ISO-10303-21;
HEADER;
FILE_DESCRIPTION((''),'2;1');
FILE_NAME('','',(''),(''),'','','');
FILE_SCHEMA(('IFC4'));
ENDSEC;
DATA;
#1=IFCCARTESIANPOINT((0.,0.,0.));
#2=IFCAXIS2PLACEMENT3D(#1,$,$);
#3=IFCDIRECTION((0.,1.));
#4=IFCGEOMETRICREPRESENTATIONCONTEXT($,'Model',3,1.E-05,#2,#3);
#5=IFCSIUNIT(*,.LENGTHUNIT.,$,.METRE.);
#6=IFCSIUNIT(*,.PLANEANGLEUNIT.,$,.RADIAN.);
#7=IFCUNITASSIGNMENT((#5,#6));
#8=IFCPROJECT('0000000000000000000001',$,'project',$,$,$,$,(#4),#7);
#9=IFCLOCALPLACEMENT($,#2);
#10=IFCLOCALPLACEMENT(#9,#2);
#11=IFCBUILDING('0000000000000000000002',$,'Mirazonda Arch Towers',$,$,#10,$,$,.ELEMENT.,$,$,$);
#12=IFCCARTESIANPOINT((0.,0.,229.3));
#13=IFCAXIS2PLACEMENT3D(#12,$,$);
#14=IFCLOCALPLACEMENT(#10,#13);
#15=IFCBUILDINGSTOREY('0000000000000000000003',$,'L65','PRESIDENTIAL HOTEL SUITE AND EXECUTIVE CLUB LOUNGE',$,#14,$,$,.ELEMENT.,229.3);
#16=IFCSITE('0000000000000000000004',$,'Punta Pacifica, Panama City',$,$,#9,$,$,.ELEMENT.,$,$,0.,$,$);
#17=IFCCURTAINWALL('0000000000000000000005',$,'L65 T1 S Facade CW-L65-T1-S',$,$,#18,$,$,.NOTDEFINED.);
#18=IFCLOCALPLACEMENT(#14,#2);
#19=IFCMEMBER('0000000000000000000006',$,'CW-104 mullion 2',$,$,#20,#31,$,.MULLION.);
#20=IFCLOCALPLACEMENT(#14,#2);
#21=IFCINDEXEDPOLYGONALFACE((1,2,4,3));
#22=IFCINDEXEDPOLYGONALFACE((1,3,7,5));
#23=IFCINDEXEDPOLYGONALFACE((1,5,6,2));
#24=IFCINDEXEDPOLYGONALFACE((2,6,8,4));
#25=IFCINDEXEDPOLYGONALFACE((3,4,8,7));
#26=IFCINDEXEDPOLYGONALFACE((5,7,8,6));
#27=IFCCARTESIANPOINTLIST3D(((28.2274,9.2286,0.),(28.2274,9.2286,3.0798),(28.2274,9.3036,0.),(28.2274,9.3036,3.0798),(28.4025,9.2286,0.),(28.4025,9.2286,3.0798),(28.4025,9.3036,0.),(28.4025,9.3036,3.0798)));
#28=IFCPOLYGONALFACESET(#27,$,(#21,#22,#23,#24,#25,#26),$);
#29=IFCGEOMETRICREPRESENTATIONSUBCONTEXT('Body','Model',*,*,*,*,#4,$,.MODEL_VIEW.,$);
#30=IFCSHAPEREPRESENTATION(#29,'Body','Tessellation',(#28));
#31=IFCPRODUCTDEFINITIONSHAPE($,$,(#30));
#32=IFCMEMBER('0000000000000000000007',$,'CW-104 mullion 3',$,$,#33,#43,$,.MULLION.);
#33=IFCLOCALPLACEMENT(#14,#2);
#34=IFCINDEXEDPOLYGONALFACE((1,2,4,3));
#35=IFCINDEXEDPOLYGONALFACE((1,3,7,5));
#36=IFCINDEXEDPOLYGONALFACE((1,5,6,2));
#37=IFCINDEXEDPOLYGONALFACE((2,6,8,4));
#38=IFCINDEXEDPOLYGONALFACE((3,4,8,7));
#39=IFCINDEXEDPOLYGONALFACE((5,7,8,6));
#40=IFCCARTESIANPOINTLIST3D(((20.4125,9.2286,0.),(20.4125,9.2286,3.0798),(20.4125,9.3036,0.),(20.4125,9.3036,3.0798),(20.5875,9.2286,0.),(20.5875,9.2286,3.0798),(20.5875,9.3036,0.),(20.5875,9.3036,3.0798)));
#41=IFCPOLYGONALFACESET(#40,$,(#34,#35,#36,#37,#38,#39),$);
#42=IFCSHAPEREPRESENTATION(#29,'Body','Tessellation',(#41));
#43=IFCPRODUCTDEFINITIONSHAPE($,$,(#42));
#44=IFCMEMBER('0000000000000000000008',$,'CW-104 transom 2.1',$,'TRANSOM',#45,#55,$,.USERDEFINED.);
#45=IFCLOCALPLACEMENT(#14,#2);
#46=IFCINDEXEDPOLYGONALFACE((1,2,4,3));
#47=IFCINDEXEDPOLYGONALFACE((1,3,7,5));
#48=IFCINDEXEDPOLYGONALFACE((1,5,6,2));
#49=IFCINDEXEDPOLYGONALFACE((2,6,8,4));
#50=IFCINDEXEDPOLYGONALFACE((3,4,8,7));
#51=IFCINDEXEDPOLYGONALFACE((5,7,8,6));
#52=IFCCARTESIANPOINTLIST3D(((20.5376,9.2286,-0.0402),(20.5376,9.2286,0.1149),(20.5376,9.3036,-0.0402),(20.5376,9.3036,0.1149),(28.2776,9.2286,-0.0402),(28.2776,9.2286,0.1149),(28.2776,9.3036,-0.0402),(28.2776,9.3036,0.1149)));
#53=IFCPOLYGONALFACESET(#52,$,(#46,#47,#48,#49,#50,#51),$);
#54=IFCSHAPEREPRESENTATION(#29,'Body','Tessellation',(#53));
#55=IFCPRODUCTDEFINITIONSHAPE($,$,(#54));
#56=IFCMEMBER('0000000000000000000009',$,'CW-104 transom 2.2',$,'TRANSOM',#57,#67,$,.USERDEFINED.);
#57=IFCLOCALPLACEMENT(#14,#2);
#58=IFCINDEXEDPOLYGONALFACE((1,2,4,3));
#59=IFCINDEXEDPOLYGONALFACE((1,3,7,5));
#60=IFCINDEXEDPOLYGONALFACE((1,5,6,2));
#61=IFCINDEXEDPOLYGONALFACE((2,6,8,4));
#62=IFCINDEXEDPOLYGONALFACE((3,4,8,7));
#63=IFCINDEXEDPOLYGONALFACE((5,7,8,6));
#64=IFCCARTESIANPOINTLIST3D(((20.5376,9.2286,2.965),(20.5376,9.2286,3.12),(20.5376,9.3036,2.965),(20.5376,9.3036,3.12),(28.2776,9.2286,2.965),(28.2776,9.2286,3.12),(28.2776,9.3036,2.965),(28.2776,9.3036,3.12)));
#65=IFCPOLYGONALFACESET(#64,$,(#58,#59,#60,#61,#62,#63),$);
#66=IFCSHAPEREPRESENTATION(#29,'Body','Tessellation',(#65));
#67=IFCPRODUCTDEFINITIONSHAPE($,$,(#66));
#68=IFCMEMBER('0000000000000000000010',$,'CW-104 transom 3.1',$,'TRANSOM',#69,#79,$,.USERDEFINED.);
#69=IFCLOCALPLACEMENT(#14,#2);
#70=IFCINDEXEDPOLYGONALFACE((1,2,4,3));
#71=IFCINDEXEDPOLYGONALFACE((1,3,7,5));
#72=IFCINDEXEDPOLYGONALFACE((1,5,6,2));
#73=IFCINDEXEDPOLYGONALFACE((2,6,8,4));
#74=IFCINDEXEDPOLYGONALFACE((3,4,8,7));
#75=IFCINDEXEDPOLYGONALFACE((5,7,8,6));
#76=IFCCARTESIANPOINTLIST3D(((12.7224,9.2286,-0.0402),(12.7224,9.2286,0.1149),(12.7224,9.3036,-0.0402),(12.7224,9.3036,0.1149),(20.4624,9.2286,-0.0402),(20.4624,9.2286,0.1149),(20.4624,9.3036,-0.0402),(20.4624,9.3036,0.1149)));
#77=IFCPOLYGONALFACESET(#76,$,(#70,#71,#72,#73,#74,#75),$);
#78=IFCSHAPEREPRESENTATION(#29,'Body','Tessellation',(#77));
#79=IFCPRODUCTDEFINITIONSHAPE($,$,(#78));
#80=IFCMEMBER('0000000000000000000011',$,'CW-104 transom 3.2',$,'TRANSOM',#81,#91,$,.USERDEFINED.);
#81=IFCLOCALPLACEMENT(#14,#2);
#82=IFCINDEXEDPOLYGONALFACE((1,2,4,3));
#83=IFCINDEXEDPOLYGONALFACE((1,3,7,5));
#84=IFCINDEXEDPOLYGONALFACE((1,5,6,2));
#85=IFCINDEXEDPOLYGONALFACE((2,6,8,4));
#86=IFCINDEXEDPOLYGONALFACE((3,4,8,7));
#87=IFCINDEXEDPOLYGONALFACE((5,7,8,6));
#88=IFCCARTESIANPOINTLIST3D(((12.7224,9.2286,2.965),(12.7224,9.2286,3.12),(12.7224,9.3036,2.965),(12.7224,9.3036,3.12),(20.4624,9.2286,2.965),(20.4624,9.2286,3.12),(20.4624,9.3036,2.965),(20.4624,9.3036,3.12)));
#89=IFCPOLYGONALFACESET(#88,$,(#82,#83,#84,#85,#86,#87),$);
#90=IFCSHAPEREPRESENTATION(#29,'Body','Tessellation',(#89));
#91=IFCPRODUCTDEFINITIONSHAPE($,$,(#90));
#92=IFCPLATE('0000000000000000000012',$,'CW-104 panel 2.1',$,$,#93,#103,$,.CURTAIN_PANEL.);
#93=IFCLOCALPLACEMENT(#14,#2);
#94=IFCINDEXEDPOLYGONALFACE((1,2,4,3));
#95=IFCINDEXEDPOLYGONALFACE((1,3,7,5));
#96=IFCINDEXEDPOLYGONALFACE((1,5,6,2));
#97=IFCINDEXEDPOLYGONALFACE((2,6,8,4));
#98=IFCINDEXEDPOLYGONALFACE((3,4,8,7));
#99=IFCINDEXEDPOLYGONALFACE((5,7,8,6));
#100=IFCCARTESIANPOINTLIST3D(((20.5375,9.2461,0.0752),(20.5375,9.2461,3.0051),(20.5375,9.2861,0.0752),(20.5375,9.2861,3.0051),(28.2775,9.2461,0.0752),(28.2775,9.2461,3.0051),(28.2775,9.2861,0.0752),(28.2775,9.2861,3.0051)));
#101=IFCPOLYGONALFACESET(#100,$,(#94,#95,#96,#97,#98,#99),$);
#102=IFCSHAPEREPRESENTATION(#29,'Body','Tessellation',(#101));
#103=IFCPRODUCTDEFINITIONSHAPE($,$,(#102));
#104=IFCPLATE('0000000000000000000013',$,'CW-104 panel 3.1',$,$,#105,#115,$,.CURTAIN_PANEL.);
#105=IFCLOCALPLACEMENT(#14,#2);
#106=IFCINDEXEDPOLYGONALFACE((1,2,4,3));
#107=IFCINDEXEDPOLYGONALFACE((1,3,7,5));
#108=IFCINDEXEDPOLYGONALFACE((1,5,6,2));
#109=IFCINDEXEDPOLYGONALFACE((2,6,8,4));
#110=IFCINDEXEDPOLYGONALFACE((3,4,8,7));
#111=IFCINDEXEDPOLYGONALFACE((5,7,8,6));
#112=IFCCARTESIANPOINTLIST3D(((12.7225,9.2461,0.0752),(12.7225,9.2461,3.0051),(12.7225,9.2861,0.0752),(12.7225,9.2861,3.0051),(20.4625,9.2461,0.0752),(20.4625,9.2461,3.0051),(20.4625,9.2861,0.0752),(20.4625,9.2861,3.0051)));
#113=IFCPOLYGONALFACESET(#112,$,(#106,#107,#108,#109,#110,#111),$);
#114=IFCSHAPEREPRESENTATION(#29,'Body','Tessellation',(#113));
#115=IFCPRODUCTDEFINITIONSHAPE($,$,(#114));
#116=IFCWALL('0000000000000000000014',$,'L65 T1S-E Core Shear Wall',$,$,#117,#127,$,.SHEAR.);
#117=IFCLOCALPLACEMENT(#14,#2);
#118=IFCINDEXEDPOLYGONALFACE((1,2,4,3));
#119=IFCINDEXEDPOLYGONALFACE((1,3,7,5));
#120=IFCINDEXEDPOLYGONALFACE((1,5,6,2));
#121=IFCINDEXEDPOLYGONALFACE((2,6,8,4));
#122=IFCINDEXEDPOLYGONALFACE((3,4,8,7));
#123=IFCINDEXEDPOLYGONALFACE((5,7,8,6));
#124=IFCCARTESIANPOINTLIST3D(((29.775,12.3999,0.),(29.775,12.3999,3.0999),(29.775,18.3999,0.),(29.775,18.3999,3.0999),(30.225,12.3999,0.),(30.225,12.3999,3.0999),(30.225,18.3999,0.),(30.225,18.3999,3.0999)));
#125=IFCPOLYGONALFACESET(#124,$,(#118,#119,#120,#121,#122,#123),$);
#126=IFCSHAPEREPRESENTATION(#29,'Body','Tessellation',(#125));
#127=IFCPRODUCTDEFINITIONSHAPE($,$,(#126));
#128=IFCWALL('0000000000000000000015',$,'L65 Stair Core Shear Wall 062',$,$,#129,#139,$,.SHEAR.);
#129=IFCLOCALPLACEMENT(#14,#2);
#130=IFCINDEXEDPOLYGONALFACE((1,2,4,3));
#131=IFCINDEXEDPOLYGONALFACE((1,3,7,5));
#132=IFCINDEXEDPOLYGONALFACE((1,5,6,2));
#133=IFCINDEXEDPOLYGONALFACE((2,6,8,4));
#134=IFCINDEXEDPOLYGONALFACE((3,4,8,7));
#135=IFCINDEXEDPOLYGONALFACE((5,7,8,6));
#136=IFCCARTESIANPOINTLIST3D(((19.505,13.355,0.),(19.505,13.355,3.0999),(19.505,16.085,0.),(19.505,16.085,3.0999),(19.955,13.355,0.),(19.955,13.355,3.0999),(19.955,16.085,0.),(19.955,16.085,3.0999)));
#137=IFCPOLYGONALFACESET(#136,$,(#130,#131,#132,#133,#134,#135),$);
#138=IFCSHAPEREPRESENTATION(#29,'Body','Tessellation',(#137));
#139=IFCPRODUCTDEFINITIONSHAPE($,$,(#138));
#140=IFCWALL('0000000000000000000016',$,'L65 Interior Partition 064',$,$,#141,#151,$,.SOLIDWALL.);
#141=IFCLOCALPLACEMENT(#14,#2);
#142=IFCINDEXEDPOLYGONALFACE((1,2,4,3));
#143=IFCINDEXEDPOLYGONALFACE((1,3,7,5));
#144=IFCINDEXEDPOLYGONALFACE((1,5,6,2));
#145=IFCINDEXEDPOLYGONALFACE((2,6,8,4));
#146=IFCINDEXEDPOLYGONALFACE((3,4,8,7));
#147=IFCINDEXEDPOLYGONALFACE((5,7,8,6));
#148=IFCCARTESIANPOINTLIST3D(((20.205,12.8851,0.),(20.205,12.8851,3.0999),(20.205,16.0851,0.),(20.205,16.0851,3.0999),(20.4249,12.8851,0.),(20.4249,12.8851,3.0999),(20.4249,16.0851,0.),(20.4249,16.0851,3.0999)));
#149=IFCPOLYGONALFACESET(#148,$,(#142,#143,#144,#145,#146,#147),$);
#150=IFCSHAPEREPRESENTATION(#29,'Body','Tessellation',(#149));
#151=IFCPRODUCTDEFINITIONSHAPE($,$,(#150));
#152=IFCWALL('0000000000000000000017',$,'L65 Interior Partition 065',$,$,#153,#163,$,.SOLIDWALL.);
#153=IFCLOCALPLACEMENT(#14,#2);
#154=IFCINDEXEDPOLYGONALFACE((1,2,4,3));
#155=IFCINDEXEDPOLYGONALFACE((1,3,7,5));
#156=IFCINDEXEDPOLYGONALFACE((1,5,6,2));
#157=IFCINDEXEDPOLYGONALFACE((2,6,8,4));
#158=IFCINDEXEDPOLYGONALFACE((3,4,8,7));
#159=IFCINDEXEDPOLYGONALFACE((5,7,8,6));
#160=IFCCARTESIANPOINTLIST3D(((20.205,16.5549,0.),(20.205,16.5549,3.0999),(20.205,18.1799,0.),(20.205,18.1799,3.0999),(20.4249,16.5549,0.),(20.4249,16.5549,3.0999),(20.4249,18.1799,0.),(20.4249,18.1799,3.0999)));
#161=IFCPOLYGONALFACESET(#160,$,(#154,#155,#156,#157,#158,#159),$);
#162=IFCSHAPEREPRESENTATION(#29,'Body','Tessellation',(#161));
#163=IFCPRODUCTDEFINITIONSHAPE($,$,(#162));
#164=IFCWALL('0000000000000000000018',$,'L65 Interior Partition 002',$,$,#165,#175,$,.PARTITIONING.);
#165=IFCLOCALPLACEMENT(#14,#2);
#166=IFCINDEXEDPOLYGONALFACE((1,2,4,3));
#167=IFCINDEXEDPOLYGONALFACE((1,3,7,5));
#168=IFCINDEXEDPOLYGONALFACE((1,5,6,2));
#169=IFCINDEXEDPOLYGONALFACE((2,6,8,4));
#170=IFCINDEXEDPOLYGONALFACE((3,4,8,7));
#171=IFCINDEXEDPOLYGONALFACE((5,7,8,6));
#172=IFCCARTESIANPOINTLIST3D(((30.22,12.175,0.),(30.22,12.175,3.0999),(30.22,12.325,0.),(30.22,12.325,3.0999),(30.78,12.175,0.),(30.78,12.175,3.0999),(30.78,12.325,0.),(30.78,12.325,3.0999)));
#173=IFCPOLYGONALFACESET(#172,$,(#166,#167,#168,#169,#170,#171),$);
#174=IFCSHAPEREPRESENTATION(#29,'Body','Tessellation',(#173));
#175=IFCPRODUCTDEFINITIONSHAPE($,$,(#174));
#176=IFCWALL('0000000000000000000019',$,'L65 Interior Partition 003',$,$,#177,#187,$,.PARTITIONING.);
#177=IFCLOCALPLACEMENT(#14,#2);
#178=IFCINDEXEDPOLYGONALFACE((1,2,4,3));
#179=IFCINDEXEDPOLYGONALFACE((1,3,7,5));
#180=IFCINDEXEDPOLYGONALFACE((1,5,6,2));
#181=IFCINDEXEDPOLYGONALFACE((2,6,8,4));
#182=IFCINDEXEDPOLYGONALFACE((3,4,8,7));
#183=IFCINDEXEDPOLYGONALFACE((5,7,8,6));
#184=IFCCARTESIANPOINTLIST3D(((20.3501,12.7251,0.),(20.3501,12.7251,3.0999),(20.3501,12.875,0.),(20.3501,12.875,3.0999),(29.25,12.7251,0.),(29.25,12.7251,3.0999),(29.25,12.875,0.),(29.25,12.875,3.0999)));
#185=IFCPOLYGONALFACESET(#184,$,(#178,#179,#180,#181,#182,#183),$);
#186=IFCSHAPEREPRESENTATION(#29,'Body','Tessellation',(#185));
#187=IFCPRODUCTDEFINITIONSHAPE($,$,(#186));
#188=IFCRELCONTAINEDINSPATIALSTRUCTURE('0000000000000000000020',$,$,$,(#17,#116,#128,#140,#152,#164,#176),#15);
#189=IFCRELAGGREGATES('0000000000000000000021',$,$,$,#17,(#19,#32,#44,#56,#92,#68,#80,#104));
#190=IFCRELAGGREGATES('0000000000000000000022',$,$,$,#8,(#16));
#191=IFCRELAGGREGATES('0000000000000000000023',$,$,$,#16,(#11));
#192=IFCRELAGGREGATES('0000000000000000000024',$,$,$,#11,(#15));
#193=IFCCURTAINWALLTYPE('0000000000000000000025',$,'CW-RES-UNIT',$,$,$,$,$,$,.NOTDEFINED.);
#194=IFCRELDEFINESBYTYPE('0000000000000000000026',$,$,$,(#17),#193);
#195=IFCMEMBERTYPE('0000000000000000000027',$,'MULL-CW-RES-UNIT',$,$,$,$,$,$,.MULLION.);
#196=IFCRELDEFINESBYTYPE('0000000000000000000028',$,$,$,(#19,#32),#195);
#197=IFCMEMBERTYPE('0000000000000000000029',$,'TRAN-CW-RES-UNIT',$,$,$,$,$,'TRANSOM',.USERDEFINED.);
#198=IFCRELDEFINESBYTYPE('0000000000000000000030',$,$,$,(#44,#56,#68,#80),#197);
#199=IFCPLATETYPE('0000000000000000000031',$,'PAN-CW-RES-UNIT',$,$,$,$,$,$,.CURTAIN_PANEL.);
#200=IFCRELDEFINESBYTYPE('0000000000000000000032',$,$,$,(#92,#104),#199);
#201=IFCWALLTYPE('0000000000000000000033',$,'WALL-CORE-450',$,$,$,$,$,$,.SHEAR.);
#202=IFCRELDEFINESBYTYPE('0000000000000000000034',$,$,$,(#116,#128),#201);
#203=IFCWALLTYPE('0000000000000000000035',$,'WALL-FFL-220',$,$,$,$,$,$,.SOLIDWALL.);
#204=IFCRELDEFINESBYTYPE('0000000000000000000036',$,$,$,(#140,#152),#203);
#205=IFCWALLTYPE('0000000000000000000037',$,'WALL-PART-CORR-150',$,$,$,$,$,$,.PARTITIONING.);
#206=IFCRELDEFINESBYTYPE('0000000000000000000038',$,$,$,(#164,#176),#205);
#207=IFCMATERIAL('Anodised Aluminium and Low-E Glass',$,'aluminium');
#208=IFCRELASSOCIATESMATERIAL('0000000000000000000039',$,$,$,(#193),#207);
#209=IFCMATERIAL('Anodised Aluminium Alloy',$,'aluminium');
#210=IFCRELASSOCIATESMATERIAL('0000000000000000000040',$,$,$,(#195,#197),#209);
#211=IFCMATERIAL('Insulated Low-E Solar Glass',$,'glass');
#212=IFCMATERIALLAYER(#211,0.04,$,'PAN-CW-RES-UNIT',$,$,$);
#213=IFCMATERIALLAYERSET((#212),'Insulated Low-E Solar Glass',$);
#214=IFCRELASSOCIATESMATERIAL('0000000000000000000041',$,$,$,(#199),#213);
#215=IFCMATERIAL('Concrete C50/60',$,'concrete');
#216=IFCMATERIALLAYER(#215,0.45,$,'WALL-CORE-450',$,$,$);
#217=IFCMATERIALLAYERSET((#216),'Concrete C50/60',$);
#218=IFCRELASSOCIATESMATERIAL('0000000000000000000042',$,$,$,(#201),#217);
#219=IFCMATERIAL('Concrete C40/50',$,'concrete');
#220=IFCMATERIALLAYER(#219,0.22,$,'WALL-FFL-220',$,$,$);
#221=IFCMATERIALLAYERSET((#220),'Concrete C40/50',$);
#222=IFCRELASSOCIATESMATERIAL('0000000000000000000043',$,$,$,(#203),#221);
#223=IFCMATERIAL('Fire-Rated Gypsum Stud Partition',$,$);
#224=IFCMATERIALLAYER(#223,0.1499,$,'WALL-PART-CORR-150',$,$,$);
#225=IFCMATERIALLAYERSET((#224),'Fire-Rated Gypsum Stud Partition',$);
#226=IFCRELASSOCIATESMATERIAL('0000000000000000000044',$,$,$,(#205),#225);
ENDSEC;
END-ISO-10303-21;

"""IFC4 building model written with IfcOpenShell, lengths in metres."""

from ifc_helpers import new_model, si_unit, direction, frame, frame_2d, origin, origin_2d, place, context, subcontext, project, spatial, rectangle, extrude, material, layer, layer_set, material_profile, profile_set, type_object, element, aggregate, save


model = new_model("IFC4")

# Units and contexts
model_context = context("Model", 3, precision=1e-05, world=origin(), true_north=direction((0.0, 1.0)))
body_context = subcontext(model_context, "Body", "Model", "MODEL_VIEW")
ifc_project = project(units=[si_unit("LENGTHUNIT", "METRE"), si_unit("PLANEANGLEUNIT", "RADIAN")], contexts=[model_context])

# Site, building, storey
site_placement = place(None, origin())
site = spatial("IfcSite", under=ifc_project, at=site_placement, Name="Punta Pacifica, Panama City", CompositionType="ELEMENT", RefElevation=0.0)
building_placement = place(site_placement, origin())
building = spatial("IfcBuilding", under=site, at=building_placement, Name="Mirazonda Arch Towers", CompositionType="ELEMENT")
storey_placement = place(building_placement, frame((0.0, 0.0, 229.3)))
storey = spatial("IfcBuildingStorey", under=building, at=storey_placement, Name="L65", Description="PRESIDENTIAL HOTEL SUITE AND EXECUTIVE CLUB LOUNGE", CompositionType="ELEMENT", Elevation=229.3)

# Shared definitions
ifc_material_1 = material(Name="Concrete C50/60", Category="concrete")

# Curtain wall, members, plates
ifc_material_2 = material(Name="Anodised Aluminium and Low-E Glass", Category="aluminium")
curtain_wall_type = type_object("IfcCurtainWallType", Name="CW-RES-UNIT", PredefinedType="NOTDEFINED", material=ifc_material_2)
curtain_wall_placement = place(storey_placement, origin())
curtain_wall = element("IfcCurtainWall", 1, at=curtain_wall_placement, inside=storey, type_object=curtain_wall_type, Name="L65 T1 S Facade CW-L65-T1-S", PredefinedType="NOTDEFINED")
ifc_material_3 = material(Name="Anodised Aluminium Alloy", Category="aluminium")
ifc_material_profile_1 = material_profile(ifc_material_3, rectangle(XDim=0.075, YDim=0.175, at=origin_2d()), Name="ALU-MULL-75x175")
ifc_profile_set_1 = profile_set([ifc_material_profile_1], Name="Anodised Aluminium Alloy")
member_type_1 = type_object("IfcMemberType", Name="MULL-CW-RES-UNIT", PredefinedType="MULLION", material=ifc_profile_set_1)
member_1_placement = place(storey_placement, frame((28.3149, 9.2661, 0.0), z_axis=(0.0, 0.0, 1.0), x_axis=(0.0, -1.0, 0.0)))
member_1 = element("IfcMember", 2, at=member_1_placement, type_object=member_type_1, Name="CW-104 mullion 2", PredefinedType="MULLION", context=body_context, shape_type="SweptSolid", body=[
    extrude(rectangle(XDim=0.075, YDim=0.175, at=origin_2d()), origin(), (0.0, 0.0, 1.0), 3.0798),
])
member_2_placement = place(storey_placement, frame((20.5, 9.2661, 0.0), z_axis=(0.0, 0.0, 1.0), x_axis=(0.0, -1.0, 0.0)))
member_2 = element("IfcMember", 3, at=member_2_placement, type_object=member_type_1, Name="CW-104 mullion 3", PredefinedType="MULLION", context=body_context, shape_type="SweptSolid", body=[
    extrude(rectangle(XDim=0.075, YDim=0.175, at=origin_2d()), origin(), (0.0, 0.0, 1.0), 3.0798),
])
ifc_material_profile_2 = material_profile(ifc_material_3, rectangle(XDim=0.075, YDim=0.155, at=origin_2d()), Name="ALU-TRAN-75x155")
ifc_profile_set_2 = profile_set([ifc_material_profile_2], Name="Anodised Aluminium Alloy")
member_type_2 = type_object("IfcMemberType", Name="TRAN-CW-RES-UNIT", ElementType="TRANSOM", PredefinedType="USERDEFINED", material=ifc_profile_set_2)
member_3_placement = place(storey_placement, frame((28.2776, 9.2661, 0.0374), z_axis=(-1.0, 0.0, 0.0), x_axis=(0.0, -1.0, 0.0)))
member_3 = element("IfcMember", 4, at=member_3_placement, type_object=member_type_2, Name="CW-104 transom 2.1", ObjectType="TRANSOM", PredefinedType="USERDEFINED", context=body_context, shape_type="SweptSolid", body=[
    extrude(rectangle(XDim=0.075, YDim=0.155, at=origin_2d()), origin(), (0.0, 0.0, 1.0), 7.74),
])
member_4_placement = place(storey_placement, frame((28.2776, 9.2661, 3.0425), z_axis=(-1.0, 0.0, 0.0), x_axis=(0.0, -1.0, 0.0)))
member_4 = element("IfcMember", 5, at=member_4_placement, type_object=member_type_2, Name="CW-104 transom 2.2", ObjectType="TRANSOM", PredefinedType="USERDEFINED", context=body_context, shape_type="SweptSolid", body=[
    extrude(rectangle(XDim=0.075, YDim=0.155, at=origin_2d()), origin(), (0.0, 0.0, 1.0), 7.74),
])
member_5_placement = place(storey_placement, frame((20.4624, 9.2661, 0.0374), z_axis=(-1.0, 0.0, 0.0), x_axis=(0.0, -1.0, 0.0)))
member_5 = element("IfcMember", 6, at=member_5_placement, type_object=member_type_2, Name="CW-104 transom 3.1", ObjectType="TRANSOM", PredefinedType="USERDEFINED", context=body_context, shape_type="SweptSolid", body=[
    extrude(rectangle(XDim=0.075, YDim=0.155, at=origin_2d()), origin(), (0.0, 0.0, 1.0), 7.74),
])
member_6_placement = place(storey_placement, frame((20.4624, 9.2661, 3.0425), z_axis=(-1.0, 0.0, 0.0), x_axis=(0.0, -1.0, 0.0)))
member_6 = element("IfcMember", 7, at=member_6_placement, type_object=member_type_2, Name="CW-104 transom 3.2", ObjectType="TRANSOM", PredefinedType="USERDEFINED", context=body_context, shape_type="SweptSolid", body=[
    extrude(rectangle(XDim=0.075, YDim=0.155, at=origin_2d()), origin(), (0.0, 0.0, 1.0), 7.74),
])
ifc_material_4 = material(Name="Insulated Low-E Solar Glass", Category="glass")
ifc_layer_1 = layer(ifc_material_4, 0.04, Name="PAN-CW-RES-UNIT")
ifc_layer_set_1 = layer_set([ifc_layer_1], Name="Insulated Low-E Solar Glass")
plate_type = type_object("IfcPlateType", Name="PAN-CW-RES-UNIT", PredefinedType="CURTAIN_PANEL", material=ifc_layer_set_1)
plate_1_placement = place(storey_placement, frame((24.4075, 9.2661, 0.0752), z_axis=(0.0, 0.0, 1.0), x_axis=(-1.0, 0.0, 0.0)))
plate_1 = element("IfcPlate", 8, at=plate_1_placement, type_object=plate_type, Name="CW-104 panel 2.1", PredefinedType="CURTAIN_PANEL", context=body_context, shape_type="SweptSolid", body=[
    extrude(rectangle(XDim=7.74, YDim=0.04, at=origin_2d()), origin(), (0.0, 0.0, 1.0), 2.9299),
])
plate_2_placement = place(storey_placement, frame((16.5925, 9.2661, 0.0752), z_axis=(0.0, 0.0, 1.0), x_axis=(-1.0, 0.0, 0.0)))
plate_2 = element("IfcPlate", 9, at=plate_2_placement, type_object=plate_type, Name="CW-104 panel 3.1", PredefinedType="CURTAIN_PANEL", context=body_context, shape_type="SweptSolid", body=[
    extrude(rectangle(XDim=7.74, YDim=0.04, at=origin_2d()), origin(), (0.0, 0.0, 1.0), 2.9299),
])
aggregate(curtain_wall, [member_1, member_2, member_3, member_4, plate_1, member_5, member_6, plate_2])

# Walls
ifc_layer_2 = layer(ifc_material_1, 0.45, Name="WALL-CORE-450")
ifc_layer_set_2 = layer_set([ifc_layer_2], Name="Concrete C50/60")
wall_type_1 = type_object("IfcWallType", Name="WALL-CORE-450", PredefinedType="SHEAR", material=ifc_layer_set_2)
wall_1_placement = place(storey_placement, frame((30.0, 12.3999, 0.0), z_axis=(0.0, 0.0, 1.0), x_axis=(0.0, 1.0, 0.0)))
element("IfcWall", 10, at=wall_1_placement, inside=storey, type_object=wall_type_1, Name="L65 T1S-E Core Shear Wall", PredefinedType="SHEAR", context=body_context, shape_type="SweptSolid", body=[
    extrude(rectangle(XDim=6.0, YDim=0.45, at=frame_2d((3.0, 0.0))), origin(), (0.0, 0.0, 1.0), 3.0999),
])
wall_2_placement = place(storey_placement, frame((19.73, 13.355, 0.0), z_axis=(0.0, 0.0, 1.0), x_axis=(0.0, 1.0, 0.0)))
element("IfcWall", 11, at=wall_2_placement, inside=storey, type_object=wall_type_1, Name="L65 Stair Core Shear Wall 062", PredefinedType="SHEAR", context=body_context, shape_type="SweptSolid", body=[
    extrude(rectangle(XDim=2.73, YDim=0.45, at=frame_2d((1.365, 0.0))), origin(), (0.0, 0.0, 1.0), 3.0999),
])
ifc_material_5 = material(Name="Concrete C40/50", Category="concrete")
ifc_layer_3 = layer(ifc_material_5, 0.22, Name="WALL-FFL-220")
ifc_layer_set_3 = layer_set([ifc_layer_3], Name="Concrete C40/50")
wall_type_2 = type_object("IfcWallType", Name="WALL-FFL-220", PredefinedType="SOLIDWALL", material=ifc_layer_set_3)
wall_3_placement = place(storey_placement, frame((20.3149, 12.885, 0.0), z_axis=(0.0, 0.0, 1.0), x_axis=(0.0, 1.0, 0.0)))
element("IfcWall", 12, at=wall_3_placement, inside=storey, type_object=wall_type_2, Name="L65 Interior Partition 064", PredefinedType="SOLIDWALL", context=body_context, shape_type="SweptSolid", body=[
    extrude(rectangle(XDim=3.2, YDim=0.22, at=frame_2d((1.6001, 0.0))), origin(), (0.0, 0.0, 1.0), 3.0999),
])
wall_4_placement = place(storey_placement, frame((20.3149, 16.5549, 0.0), z_axis=(0.0, 0.0, 1.0), x_axis=(0.0, 1.0, 0.0)))
element("IfcWall", 13, at=wall_4_placement, inside=storey, type_object=wall_type_2, Name="L65 Interior Partition 065", PredefinedType="SOLIDWALL", context=body_context, shape_type="SweptSolid", body=[
    extrude(rectangle(XDim=1.625, YDim=0.22, at=frame_2d((0.8125, 0.0))), origin(), (0.0, 0.0, 1.0), 3.0999),
])
ifc_material_6 = material(Name="Fire-Rated Gypsum Stud Partition")
ifc_layer_4 = layer(ifc_material_6, 0.1499, Name="WALL-PART-CORR-150")
ifc_layer_set_4 = layer_set([ifc_layer_4], Name="Fire-Rated Gypsum Stud Partition")
wall_type_3 = type_object("IfcWallType", Name="WALL-PART-CORR-150", PredefinedType="PARTITIONING", material=ifc_layer_set_4)
wall_5_placement = place(storey_placement, frame((30.22, 12.25, 0.0), z_axis=(0.0, 0.0, 1.0), x_axis=(1.0, 0.0, 0.0)))
element("IfcWall", 14, at=wall_5_placement, inside=storey, type_object=wall_type_3, Name="L65 Interior Partition 002", PredefinedType="PARTITIONING", context=body_context, shape_type="SweptSolid", body=[
    extrude(rectangle(XDim=0.5601, YDim=0.1499, at=frame_2d((0.28, 0.0))), origin(), (0.0, 0.0, 1.0), 3.0999),
])
wall_6_placement = place(storey_placement, frame((20.3501, 12.8, 0.0), z_axis=(0.0, 0.0, 1.0), x_axis=(1.0, 0.0, 0.0)))
element("IfcWall", 15, at=wall_6_placement, inside=storey, type_object=wall_type_3, Name="L65 Interior Partition 003", PredefinedType="PARTITIONING", context=body_context, shape_type="SweptSolid", body=[
    extrude(rectangle(XDim=8.8999, YDim=0.1499, at=frame_2d((4.45, 0.0))), origin(), (0.0, 0.0, 1.0), 3.0999),
])

save(model, "model.ifc")
